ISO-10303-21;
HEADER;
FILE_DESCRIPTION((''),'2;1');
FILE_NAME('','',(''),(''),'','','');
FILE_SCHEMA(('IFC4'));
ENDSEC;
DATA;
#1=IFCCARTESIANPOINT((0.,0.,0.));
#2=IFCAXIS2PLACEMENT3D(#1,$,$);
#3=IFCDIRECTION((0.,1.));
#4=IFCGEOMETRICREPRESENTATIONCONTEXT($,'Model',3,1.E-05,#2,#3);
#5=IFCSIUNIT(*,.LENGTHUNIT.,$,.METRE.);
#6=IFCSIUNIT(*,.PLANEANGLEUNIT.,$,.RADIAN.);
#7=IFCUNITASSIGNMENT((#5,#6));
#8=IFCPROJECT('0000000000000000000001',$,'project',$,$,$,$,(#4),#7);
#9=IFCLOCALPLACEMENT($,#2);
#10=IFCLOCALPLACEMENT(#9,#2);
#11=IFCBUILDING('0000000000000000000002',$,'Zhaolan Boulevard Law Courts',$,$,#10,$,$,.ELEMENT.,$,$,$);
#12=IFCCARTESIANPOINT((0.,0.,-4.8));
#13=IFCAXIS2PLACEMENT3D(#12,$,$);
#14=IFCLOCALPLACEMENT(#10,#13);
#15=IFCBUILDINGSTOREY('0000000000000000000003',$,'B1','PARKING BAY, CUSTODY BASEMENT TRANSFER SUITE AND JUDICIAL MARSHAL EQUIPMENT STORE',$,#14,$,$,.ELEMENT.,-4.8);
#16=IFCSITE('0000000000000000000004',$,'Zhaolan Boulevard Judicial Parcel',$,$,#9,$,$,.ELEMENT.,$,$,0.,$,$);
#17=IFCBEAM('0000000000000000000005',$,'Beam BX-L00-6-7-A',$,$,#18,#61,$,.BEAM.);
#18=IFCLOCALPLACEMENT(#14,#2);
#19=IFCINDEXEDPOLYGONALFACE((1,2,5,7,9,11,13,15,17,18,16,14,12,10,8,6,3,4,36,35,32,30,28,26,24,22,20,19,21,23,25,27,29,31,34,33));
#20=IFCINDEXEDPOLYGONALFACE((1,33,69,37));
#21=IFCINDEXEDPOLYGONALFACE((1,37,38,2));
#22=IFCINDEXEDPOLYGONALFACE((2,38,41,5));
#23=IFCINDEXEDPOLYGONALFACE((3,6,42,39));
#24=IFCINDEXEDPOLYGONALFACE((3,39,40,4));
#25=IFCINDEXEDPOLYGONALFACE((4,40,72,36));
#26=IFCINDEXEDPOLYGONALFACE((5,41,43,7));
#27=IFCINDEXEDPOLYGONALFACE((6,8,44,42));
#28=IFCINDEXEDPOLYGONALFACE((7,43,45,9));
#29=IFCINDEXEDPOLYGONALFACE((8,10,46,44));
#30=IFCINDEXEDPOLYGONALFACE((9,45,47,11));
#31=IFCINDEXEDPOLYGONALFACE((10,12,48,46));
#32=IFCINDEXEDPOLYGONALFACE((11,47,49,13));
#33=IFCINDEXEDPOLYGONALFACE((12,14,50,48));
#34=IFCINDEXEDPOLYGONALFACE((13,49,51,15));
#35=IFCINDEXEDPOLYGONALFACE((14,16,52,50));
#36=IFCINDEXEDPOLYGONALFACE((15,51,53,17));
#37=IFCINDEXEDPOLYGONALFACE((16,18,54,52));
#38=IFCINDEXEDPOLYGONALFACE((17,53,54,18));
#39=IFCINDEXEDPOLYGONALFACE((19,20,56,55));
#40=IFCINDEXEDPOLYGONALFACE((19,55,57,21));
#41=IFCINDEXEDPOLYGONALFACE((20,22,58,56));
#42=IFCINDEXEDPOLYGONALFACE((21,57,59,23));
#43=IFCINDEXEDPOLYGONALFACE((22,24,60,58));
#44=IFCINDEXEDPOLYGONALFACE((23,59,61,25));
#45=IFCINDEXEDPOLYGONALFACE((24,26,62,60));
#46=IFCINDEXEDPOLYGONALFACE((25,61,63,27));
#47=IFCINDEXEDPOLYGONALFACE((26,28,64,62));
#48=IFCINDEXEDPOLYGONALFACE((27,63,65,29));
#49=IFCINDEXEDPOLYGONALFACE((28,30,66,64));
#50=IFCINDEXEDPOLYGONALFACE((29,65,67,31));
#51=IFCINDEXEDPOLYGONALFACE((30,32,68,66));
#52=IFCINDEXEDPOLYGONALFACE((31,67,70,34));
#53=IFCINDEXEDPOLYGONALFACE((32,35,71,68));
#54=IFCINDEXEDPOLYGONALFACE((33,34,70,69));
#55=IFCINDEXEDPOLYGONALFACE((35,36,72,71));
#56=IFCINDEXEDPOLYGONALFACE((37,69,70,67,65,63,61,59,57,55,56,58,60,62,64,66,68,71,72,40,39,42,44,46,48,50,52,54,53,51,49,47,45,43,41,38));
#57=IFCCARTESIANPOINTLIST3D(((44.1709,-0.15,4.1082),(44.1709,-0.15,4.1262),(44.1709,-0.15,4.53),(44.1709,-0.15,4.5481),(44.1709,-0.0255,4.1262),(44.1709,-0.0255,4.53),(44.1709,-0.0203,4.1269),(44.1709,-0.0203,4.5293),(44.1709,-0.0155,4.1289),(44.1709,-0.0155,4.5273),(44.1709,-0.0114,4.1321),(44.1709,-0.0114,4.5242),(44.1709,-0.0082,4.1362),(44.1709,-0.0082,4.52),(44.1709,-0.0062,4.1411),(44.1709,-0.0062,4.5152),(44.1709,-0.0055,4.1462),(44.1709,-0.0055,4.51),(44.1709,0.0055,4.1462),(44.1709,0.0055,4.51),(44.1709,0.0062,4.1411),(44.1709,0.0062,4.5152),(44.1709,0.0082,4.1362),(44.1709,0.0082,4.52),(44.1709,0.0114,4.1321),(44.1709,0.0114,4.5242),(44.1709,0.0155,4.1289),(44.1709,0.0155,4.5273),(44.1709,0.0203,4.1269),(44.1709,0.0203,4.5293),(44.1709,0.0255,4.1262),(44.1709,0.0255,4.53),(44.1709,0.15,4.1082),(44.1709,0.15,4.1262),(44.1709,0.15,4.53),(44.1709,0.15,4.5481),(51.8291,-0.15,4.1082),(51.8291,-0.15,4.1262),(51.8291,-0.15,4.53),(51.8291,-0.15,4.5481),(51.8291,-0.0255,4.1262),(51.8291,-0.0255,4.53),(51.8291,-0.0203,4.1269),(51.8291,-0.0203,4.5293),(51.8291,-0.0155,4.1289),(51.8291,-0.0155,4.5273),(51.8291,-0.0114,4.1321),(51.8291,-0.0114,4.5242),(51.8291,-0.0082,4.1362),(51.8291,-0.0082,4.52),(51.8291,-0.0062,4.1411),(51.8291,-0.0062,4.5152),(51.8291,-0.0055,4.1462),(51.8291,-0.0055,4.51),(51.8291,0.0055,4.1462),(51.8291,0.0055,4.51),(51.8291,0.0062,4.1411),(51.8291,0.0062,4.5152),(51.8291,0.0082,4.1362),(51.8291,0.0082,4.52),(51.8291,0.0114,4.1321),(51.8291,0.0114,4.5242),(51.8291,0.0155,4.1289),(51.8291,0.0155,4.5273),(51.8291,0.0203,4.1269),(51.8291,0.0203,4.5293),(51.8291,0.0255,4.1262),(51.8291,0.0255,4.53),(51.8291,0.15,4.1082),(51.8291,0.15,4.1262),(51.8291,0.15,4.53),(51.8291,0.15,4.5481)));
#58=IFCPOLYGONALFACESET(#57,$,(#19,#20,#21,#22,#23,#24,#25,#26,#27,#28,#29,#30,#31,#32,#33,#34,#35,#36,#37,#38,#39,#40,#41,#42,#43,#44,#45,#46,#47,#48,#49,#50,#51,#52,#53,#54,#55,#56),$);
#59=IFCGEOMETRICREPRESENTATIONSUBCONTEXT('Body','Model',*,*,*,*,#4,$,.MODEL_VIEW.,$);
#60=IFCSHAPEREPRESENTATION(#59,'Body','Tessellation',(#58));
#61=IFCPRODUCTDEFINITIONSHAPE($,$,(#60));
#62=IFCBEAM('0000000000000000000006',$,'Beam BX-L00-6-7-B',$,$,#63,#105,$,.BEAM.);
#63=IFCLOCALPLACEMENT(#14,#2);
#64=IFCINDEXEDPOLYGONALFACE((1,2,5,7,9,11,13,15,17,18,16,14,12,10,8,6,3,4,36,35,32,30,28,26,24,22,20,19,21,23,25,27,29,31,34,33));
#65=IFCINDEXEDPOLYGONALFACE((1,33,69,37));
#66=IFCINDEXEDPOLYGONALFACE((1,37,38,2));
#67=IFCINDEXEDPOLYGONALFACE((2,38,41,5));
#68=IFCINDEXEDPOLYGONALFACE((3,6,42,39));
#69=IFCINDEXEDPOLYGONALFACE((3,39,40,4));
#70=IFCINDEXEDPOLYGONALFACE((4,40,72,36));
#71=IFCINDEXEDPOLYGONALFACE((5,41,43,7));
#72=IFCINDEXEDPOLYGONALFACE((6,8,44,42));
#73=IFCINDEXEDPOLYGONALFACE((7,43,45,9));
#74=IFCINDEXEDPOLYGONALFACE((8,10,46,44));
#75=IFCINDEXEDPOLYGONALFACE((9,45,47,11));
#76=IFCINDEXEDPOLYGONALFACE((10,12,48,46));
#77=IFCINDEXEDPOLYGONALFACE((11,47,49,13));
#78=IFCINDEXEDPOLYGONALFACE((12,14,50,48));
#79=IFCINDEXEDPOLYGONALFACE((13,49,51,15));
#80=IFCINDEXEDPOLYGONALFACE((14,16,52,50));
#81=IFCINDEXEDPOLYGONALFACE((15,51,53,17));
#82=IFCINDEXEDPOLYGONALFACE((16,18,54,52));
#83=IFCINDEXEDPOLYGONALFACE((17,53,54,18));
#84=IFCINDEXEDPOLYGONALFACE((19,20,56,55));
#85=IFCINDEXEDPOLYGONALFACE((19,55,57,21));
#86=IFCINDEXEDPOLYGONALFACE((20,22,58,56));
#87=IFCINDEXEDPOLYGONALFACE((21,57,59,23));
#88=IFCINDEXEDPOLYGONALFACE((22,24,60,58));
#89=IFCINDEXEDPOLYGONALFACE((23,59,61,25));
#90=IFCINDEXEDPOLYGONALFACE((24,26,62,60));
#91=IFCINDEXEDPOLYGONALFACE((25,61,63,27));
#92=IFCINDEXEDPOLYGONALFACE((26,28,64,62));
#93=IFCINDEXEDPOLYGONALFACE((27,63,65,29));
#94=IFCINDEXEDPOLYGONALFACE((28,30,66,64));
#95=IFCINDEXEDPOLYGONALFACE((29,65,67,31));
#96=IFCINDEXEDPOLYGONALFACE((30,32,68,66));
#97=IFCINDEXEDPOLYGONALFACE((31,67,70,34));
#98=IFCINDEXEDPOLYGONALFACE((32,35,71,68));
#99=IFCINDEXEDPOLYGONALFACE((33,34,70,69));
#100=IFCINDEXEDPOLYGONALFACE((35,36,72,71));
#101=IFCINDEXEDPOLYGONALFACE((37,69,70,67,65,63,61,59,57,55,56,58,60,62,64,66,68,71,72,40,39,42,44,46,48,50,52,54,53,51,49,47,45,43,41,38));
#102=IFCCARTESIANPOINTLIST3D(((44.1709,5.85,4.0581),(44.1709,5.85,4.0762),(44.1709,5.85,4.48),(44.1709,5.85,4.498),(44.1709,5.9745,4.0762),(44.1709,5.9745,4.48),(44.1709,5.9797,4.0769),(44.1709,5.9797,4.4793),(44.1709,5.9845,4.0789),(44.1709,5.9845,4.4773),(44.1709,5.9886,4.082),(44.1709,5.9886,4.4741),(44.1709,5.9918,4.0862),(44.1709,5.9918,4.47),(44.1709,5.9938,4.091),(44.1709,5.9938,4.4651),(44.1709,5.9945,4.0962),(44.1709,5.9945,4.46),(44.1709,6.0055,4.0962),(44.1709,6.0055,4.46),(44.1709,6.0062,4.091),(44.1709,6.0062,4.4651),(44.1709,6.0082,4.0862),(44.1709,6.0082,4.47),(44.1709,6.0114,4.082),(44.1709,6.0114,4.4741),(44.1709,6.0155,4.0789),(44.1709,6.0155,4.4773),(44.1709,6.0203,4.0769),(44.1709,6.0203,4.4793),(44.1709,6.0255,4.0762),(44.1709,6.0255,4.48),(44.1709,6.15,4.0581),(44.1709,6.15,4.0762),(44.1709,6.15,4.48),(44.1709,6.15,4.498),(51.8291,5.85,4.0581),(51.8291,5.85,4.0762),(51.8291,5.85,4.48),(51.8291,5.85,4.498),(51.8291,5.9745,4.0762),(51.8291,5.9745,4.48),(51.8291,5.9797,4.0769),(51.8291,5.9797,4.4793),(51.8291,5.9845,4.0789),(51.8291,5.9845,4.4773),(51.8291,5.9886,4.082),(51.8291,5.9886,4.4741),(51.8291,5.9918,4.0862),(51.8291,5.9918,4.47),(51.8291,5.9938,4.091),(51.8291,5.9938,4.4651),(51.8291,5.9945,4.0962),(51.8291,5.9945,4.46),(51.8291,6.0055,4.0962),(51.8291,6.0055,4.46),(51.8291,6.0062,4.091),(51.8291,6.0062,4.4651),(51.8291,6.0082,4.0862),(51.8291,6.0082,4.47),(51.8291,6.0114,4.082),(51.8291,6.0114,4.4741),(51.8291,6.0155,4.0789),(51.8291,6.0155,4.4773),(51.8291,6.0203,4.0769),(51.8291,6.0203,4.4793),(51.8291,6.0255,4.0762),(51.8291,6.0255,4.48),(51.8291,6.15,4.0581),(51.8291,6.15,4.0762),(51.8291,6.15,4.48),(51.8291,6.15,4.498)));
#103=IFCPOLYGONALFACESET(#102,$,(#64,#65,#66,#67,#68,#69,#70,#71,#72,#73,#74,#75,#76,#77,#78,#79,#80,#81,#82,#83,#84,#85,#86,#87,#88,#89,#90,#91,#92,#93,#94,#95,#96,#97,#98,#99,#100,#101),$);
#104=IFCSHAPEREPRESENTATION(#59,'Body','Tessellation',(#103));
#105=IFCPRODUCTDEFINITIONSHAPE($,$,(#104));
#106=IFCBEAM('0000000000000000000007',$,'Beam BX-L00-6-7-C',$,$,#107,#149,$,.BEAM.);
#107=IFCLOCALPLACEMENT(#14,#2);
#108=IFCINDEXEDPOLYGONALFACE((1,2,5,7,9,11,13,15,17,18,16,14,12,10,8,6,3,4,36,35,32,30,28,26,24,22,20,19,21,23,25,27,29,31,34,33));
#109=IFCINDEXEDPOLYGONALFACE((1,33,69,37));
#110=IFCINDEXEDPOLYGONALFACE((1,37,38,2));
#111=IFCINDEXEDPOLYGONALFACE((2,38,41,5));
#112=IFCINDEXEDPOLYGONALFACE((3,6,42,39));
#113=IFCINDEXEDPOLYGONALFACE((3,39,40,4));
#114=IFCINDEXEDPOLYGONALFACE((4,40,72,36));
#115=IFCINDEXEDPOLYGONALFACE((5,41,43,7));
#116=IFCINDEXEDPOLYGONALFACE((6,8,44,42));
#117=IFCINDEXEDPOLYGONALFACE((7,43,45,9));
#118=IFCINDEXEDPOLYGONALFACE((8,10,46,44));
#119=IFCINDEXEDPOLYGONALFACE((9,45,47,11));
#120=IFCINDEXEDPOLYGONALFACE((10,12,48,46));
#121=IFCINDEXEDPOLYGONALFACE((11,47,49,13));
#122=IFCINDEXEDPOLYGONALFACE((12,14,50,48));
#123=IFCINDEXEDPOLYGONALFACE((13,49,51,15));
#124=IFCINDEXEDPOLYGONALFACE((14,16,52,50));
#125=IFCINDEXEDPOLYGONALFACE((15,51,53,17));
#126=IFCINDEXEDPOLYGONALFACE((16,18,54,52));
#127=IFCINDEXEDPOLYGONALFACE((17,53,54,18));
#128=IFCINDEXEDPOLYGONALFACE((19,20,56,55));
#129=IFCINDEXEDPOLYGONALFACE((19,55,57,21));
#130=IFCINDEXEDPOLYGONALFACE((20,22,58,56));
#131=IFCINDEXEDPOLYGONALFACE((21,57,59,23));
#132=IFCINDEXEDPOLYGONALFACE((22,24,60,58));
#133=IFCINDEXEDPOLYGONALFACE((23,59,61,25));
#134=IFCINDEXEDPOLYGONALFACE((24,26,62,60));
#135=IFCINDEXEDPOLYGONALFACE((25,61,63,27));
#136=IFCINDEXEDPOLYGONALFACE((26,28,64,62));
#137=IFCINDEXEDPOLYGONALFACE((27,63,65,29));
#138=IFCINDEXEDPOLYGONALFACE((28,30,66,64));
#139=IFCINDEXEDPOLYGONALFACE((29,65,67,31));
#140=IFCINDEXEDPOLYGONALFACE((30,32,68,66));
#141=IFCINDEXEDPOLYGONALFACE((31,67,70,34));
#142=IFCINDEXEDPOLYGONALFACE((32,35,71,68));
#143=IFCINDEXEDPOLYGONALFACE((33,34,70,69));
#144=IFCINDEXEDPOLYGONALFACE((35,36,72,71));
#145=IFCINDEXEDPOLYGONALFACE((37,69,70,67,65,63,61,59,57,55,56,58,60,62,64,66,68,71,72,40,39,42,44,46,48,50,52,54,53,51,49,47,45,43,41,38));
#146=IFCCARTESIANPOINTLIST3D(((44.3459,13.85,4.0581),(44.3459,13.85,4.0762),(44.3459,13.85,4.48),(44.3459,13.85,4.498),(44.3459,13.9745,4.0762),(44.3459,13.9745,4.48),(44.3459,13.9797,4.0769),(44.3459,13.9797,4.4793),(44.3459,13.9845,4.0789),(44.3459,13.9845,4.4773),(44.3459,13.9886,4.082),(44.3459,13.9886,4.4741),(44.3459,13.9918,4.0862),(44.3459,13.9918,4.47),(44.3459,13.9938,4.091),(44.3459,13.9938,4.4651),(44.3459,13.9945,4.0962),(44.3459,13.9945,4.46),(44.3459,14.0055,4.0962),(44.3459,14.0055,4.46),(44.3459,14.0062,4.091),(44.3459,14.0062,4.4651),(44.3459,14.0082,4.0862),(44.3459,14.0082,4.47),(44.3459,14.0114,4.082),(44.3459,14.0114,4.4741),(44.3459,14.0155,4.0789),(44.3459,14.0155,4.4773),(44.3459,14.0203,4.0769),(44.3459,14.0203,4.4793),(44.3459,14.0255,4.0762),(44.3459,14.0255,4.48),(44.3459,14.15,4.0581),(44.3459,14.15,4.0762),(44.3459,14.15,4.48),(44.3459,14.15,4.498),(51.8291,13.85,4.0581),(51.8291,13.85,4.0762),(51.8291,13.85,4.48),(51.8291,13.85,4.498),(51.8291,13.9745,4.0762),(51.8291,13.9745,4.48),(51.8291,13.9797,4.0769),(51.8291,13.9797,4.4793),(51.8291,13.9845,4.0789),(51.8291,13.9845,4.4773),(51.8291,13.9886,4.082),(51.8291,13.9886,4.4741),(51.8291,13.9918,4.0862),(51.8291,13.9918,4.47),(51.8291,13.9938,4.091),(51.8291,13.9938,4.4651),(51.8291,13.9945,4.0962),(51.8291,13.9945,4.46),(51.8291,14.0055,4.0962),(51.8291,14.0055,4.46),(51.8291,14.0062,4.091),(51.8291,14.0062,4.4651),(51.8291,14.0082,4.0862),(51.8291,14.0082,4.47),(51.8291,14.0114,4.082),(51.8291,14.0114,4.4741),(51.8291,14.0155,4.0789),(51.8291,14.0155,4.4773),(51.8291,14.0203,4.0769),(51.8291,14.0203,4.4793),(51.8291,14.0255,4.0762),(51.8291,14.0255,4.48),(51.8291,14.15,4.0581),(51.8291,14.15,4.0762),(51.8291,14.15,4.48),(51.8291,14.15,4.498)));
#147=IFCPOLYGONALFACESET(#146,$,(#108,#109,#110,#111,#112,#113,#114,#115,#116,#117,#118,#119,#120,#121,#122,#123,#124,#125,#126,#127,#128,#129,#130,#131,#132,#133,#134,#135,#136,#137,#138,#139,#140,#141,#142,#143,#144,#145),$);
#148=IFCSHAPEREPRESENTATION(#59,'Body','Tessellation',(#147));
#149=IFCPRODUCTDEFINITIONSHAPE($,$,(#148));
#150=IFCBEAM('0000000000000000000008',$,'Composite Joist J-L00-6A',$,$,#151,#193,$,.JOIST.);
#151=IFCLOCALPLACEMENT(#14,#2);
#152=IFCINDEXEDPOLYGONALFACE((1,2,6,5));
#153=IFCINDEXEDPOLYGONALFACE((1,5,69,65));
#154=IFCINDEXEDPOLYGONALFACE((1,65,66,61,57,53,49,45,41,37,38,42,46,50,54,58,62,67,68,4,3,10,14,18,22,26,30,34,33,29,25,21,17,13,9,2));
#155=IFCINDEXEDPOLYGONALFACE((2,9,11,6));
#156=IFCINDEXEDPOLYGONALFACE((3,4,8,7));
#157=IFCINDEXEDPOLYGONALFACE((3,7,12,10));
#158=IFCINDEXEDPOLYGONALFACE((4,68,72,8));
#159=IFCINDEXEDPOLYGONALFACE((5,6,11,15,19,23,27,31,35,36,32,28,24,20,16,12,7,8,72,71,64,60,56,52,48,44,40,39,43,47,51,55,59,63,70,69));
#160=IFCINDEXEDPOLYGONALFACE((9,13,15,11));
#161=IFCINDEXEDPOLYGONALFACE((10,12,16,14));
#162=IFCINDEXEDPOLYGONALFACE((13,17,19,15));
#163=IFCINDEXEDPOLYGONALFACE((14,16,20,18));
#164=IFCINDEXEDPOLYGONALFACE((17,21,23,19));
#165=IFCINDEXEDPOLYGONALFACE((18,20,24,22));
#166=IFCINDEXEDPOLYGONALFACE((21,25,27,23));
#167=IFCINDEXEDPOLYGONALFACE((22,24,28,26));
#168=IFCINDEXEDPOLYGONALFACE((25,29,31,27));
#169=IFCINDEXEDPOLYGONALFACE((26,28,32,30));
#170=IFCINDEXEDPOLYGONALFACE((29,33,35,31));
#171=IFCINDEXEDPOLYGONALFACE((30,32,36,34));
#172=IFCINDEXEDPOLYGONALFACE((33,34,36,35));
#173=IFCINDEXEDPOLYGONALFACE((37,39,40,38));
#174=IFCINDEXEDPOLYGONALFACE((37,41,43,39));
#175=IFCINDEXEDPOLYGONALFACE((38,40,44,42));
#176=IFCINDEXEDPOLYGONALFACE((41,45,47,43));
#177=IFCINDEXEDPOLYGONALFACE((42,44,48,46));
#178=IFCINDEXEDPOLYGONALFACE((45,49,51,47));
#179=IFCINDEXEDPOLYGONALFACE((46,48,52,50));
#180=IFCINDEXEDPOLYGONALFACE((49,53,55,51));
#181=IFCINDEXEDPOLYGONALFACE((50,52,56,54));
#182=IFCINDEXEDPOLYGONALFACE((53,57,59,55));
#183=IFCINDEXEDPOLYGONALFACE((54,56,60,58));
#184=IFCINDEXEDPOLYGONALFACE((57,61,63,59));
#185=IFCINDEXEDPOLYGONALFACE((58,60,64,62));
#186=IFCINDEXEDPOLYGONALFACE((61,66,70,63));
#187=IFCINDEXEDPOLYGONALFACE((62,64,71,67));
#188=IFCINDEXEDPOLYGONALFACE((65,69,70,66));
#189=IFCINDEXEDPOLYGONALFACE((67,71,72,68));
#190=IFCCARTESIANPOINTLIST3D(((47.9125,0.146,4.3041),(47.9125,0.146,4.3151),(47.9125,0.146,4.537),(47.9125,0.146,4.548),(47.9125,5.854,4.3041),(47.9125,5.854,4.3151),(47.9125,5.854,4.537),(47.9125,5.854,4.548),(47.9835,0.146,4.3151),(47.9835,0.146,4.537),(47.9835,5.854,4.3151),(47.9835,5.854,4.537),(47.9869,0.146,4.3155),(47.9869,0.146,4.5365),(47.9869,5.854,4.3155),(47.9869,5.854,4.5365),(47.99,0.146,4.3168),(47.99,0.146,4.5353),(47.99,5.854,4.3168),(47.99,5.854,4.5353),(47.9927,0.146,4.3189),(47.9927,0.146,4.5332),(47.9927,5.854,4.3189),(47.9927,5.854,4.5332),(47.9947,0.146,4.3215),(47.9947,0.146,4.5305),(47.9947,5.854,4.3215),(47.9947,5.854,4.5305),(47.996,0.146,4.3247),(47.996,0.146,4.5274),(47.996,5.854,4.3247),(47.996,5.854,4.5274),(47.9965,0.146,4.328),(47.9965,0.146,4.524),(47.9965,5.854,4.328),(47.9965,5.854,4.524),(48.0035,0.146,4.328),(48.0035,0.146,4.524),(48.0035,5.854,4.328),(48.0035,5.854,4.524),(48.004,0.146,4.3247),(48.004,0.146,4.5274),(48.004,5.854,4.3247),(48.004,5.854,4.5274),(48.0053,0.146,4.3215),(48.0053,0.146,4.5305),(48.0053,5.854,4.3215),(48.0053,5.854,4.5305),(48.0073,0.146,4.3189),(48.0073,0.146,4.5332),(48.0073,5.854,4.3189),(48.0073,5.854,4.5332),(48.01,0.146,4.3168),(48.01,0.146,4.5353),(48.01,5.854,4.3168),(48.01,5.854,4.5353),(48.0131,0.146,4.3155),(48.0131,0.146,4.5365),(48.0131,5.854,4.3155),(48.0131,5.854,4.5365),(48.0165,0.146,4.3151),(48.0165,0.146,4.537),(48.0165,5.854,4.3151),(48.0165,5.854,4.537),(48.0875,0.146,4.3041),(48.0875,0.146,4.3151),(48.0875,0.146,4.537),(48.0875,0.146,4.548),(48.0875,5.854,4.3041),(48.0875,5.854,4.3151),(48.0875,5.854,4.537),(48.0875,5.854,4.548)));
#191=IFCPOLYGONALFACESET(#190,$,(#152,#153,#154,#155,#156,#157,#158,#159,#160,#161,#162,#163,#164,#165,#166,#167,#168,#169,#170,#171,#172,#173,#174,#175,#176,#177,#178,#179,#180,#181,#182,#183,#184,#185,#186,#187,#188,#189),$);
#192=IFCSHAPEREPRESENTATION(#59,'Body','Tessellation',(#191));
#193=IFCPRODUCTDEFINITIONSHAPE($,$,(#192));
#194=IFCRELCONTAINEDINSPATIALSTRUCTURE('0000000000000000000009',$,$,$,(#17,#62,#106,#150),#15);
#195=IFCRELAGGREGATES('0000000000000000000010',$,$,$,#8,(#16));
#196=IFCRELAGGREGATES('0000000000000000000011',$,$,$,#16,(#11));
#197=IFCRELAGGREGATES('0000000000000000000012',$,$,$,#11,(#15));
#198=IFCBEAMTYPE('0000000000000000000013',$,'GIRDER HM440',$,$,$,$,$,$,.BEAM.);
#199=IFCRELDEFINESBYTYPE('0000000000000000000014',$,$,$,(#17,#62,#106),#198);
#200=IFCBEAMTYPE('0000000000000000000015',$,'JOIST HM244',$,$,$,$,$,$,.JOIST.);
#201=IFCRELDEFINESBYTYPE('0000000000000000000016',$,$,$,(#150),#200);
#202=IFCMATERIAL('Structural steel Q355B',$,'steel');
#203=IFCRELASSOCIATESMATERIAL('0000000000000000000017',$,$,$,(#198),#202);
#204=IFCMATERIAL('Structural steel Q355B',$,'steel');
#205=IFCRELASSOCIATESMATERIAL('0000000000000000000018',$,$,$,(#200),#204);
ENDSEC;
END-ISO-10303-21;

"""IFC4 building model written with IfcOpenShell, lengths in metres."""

from ifc_helpers import new_model, si_unit, direction, frame, origin, origin_2d, place, context, subcontext, project, spatial, i_section, extrude, material, material_profile, profile_set, type_object, element, save


model = new_model("IFC4")

# Units and contexts
model_context = context("Model", 3, precision=1e-05, world=origin(), true_north=direction((0.0, 1.0)))
body_context = subcontext(model_context, "Body", "Model", "MODEL_VIEW")
ifc_project = project(units=[si_unit("LENGTHUNIT", "METRE"), si_unit("PLANEANGLEUNIT", "RADIAN")], contexts=[model_context])

# Site, building, storey
site_placement = place(None, origin())
site = spatial("IfcSite", under=ifc_project, at=site_placement, Name="Zhaolan Boulevard Judicial Parcel", CompositionType="ELEMENT", RefElevation=0.0)
building_placement = place(site_placement, origin())
building = spatial("IfcBuilding", under=site, at=building_placement, Name="Zhaolan Boulevard Law Courts", CompositionType="ELEMENT")
storey_placement = place(building_placement, frame((0.0, 0.0, -4.8)))
storey = spatial("IfcBuildingStorey", under=building, at=storey_placement, Name="B1", Description="PARKING BAY, CUSTODY BASEMENT TRANSFER SUITE AND JUDICIAL MARSHAL EQUIPMENT STORE", CompositionType="ELEMENT", Elevation=-4.8)

# Beams
ifc_material_1 = material(Name="Structural steel Q355B", Category="steel")
ifc_material_profile_1 = material_profile(ifc_material_1, i_section(OverallWidth=0.3, OverallDepth=0.4399, WebThickness=0.011, FlangeThickness=0.0181, FilletRadius=0.02, at=origin_2d()), Name="HM440x300")
ifc_profile_set_1 = profile_set([ifc_material_profile_1], Name="Structural steel Q355B")
beam_type_1 = type_object("IfcBeamType", Name="GIRDER HM440", PredefinedType="BEAM", material=ifc_profile_set_1)
for number, where, z_axis, x_axis, name in (
    (1, (44.1709, 0.0, 4.3281), (1.0, 0.0, 0.0), (0.0, 1.0, 0.0), "Beam BX-L00-6-7-A"),
    (2, (44.1709, 6.0, 4.2781), (1.0, 0.0, 0.0), (0.0, 1.0, 0.0), "Beam BX-L00-6-7-B"),
):
    element("IfcBeam", number, at=place(storey_placement, frame(where, z_axis=z_axis, x_axis=x_axis)), inside=storey, type_object=beam_type_1, Name=name, PredefinedType="BEAM", context=body_context, shape_type="SweptSolid", body=[
        extrude(i_section(OverallWidth=0.3, OverallDepth=0.4399, WebThickness=0.011, FlangeThickness=0.0181, FilletRadius=0.02, at=origin_2d()), origin(), (0.0, 0.0, 1.0), 7.6582),
    ])
beam_1_placement = place(storey_placement, frame((44.3459, 14.0, 4.2781), z_axis=(1.0, 0.0, 0.0), x_axis=(0.0, 1.0, 0.0)))
element("IfcBeam", 3, at=beam_1_placement, inside=storey, type_object=beam_type_1, Name="Beam BX-L00-6-7-C", PredefinedType="BEAM", context=body_context, shape_type="SweptSolid", body=[
    extrude(i_section(OverallWidth=0.3, OverallDepth=0.4399, WebThickness=0.011, FlangeThickness=0.0181, FilletRadius=0.02, at=origin_2d()), origin(), (0.0, 0.0, 1.0), 7.4832),
])
ifc_material_2 = material(Name="Structural steel Q355B", Category="steel")
ifc_material_profile_2 = material_profile(ifc_material_2, i_section(OverallWidth=0.175, OverallDepth=0.2439, WebThickness=0.0071, FlangeThickness=0.011, FilletRadius=0.0129, at=origin_2d()), Name="HM244x175")
ifc_profile_set_2 = profile_set([ifc_material_profile_2], Name="Structural steel Q355B")
beam_type_2 = type_object("IfcBeamType", Name="JOIST HM244", PredefinedType="JOIST", material=ifc_profile_set_2)
beam_2_placement = place(storey_placement, frame((48.0, 0.146, 4.426), z_axis=(0.0, 1.0, 0.0), x_axis=(-1.0, 0.0, 0.0)))
element("IfcBeam", 4, at=beam_2_placement, inside=storey, type_object=beam_type_2, Name="Composite Joist J-L00-6A", PredefinedType="JOIST", context=body_context, shape_type="SweptSolid", body=[
    extrude(i_section(OverallWidth=0.175, OverallDepth=0.2439, WebThickness=0.0071, FlangeThickness=0.011, FilletRadius=0.0129, at=origin_2d()), origin(), (0.0, 0.0, 1.0), 5.708),
])

save(model, "model.ifc")
